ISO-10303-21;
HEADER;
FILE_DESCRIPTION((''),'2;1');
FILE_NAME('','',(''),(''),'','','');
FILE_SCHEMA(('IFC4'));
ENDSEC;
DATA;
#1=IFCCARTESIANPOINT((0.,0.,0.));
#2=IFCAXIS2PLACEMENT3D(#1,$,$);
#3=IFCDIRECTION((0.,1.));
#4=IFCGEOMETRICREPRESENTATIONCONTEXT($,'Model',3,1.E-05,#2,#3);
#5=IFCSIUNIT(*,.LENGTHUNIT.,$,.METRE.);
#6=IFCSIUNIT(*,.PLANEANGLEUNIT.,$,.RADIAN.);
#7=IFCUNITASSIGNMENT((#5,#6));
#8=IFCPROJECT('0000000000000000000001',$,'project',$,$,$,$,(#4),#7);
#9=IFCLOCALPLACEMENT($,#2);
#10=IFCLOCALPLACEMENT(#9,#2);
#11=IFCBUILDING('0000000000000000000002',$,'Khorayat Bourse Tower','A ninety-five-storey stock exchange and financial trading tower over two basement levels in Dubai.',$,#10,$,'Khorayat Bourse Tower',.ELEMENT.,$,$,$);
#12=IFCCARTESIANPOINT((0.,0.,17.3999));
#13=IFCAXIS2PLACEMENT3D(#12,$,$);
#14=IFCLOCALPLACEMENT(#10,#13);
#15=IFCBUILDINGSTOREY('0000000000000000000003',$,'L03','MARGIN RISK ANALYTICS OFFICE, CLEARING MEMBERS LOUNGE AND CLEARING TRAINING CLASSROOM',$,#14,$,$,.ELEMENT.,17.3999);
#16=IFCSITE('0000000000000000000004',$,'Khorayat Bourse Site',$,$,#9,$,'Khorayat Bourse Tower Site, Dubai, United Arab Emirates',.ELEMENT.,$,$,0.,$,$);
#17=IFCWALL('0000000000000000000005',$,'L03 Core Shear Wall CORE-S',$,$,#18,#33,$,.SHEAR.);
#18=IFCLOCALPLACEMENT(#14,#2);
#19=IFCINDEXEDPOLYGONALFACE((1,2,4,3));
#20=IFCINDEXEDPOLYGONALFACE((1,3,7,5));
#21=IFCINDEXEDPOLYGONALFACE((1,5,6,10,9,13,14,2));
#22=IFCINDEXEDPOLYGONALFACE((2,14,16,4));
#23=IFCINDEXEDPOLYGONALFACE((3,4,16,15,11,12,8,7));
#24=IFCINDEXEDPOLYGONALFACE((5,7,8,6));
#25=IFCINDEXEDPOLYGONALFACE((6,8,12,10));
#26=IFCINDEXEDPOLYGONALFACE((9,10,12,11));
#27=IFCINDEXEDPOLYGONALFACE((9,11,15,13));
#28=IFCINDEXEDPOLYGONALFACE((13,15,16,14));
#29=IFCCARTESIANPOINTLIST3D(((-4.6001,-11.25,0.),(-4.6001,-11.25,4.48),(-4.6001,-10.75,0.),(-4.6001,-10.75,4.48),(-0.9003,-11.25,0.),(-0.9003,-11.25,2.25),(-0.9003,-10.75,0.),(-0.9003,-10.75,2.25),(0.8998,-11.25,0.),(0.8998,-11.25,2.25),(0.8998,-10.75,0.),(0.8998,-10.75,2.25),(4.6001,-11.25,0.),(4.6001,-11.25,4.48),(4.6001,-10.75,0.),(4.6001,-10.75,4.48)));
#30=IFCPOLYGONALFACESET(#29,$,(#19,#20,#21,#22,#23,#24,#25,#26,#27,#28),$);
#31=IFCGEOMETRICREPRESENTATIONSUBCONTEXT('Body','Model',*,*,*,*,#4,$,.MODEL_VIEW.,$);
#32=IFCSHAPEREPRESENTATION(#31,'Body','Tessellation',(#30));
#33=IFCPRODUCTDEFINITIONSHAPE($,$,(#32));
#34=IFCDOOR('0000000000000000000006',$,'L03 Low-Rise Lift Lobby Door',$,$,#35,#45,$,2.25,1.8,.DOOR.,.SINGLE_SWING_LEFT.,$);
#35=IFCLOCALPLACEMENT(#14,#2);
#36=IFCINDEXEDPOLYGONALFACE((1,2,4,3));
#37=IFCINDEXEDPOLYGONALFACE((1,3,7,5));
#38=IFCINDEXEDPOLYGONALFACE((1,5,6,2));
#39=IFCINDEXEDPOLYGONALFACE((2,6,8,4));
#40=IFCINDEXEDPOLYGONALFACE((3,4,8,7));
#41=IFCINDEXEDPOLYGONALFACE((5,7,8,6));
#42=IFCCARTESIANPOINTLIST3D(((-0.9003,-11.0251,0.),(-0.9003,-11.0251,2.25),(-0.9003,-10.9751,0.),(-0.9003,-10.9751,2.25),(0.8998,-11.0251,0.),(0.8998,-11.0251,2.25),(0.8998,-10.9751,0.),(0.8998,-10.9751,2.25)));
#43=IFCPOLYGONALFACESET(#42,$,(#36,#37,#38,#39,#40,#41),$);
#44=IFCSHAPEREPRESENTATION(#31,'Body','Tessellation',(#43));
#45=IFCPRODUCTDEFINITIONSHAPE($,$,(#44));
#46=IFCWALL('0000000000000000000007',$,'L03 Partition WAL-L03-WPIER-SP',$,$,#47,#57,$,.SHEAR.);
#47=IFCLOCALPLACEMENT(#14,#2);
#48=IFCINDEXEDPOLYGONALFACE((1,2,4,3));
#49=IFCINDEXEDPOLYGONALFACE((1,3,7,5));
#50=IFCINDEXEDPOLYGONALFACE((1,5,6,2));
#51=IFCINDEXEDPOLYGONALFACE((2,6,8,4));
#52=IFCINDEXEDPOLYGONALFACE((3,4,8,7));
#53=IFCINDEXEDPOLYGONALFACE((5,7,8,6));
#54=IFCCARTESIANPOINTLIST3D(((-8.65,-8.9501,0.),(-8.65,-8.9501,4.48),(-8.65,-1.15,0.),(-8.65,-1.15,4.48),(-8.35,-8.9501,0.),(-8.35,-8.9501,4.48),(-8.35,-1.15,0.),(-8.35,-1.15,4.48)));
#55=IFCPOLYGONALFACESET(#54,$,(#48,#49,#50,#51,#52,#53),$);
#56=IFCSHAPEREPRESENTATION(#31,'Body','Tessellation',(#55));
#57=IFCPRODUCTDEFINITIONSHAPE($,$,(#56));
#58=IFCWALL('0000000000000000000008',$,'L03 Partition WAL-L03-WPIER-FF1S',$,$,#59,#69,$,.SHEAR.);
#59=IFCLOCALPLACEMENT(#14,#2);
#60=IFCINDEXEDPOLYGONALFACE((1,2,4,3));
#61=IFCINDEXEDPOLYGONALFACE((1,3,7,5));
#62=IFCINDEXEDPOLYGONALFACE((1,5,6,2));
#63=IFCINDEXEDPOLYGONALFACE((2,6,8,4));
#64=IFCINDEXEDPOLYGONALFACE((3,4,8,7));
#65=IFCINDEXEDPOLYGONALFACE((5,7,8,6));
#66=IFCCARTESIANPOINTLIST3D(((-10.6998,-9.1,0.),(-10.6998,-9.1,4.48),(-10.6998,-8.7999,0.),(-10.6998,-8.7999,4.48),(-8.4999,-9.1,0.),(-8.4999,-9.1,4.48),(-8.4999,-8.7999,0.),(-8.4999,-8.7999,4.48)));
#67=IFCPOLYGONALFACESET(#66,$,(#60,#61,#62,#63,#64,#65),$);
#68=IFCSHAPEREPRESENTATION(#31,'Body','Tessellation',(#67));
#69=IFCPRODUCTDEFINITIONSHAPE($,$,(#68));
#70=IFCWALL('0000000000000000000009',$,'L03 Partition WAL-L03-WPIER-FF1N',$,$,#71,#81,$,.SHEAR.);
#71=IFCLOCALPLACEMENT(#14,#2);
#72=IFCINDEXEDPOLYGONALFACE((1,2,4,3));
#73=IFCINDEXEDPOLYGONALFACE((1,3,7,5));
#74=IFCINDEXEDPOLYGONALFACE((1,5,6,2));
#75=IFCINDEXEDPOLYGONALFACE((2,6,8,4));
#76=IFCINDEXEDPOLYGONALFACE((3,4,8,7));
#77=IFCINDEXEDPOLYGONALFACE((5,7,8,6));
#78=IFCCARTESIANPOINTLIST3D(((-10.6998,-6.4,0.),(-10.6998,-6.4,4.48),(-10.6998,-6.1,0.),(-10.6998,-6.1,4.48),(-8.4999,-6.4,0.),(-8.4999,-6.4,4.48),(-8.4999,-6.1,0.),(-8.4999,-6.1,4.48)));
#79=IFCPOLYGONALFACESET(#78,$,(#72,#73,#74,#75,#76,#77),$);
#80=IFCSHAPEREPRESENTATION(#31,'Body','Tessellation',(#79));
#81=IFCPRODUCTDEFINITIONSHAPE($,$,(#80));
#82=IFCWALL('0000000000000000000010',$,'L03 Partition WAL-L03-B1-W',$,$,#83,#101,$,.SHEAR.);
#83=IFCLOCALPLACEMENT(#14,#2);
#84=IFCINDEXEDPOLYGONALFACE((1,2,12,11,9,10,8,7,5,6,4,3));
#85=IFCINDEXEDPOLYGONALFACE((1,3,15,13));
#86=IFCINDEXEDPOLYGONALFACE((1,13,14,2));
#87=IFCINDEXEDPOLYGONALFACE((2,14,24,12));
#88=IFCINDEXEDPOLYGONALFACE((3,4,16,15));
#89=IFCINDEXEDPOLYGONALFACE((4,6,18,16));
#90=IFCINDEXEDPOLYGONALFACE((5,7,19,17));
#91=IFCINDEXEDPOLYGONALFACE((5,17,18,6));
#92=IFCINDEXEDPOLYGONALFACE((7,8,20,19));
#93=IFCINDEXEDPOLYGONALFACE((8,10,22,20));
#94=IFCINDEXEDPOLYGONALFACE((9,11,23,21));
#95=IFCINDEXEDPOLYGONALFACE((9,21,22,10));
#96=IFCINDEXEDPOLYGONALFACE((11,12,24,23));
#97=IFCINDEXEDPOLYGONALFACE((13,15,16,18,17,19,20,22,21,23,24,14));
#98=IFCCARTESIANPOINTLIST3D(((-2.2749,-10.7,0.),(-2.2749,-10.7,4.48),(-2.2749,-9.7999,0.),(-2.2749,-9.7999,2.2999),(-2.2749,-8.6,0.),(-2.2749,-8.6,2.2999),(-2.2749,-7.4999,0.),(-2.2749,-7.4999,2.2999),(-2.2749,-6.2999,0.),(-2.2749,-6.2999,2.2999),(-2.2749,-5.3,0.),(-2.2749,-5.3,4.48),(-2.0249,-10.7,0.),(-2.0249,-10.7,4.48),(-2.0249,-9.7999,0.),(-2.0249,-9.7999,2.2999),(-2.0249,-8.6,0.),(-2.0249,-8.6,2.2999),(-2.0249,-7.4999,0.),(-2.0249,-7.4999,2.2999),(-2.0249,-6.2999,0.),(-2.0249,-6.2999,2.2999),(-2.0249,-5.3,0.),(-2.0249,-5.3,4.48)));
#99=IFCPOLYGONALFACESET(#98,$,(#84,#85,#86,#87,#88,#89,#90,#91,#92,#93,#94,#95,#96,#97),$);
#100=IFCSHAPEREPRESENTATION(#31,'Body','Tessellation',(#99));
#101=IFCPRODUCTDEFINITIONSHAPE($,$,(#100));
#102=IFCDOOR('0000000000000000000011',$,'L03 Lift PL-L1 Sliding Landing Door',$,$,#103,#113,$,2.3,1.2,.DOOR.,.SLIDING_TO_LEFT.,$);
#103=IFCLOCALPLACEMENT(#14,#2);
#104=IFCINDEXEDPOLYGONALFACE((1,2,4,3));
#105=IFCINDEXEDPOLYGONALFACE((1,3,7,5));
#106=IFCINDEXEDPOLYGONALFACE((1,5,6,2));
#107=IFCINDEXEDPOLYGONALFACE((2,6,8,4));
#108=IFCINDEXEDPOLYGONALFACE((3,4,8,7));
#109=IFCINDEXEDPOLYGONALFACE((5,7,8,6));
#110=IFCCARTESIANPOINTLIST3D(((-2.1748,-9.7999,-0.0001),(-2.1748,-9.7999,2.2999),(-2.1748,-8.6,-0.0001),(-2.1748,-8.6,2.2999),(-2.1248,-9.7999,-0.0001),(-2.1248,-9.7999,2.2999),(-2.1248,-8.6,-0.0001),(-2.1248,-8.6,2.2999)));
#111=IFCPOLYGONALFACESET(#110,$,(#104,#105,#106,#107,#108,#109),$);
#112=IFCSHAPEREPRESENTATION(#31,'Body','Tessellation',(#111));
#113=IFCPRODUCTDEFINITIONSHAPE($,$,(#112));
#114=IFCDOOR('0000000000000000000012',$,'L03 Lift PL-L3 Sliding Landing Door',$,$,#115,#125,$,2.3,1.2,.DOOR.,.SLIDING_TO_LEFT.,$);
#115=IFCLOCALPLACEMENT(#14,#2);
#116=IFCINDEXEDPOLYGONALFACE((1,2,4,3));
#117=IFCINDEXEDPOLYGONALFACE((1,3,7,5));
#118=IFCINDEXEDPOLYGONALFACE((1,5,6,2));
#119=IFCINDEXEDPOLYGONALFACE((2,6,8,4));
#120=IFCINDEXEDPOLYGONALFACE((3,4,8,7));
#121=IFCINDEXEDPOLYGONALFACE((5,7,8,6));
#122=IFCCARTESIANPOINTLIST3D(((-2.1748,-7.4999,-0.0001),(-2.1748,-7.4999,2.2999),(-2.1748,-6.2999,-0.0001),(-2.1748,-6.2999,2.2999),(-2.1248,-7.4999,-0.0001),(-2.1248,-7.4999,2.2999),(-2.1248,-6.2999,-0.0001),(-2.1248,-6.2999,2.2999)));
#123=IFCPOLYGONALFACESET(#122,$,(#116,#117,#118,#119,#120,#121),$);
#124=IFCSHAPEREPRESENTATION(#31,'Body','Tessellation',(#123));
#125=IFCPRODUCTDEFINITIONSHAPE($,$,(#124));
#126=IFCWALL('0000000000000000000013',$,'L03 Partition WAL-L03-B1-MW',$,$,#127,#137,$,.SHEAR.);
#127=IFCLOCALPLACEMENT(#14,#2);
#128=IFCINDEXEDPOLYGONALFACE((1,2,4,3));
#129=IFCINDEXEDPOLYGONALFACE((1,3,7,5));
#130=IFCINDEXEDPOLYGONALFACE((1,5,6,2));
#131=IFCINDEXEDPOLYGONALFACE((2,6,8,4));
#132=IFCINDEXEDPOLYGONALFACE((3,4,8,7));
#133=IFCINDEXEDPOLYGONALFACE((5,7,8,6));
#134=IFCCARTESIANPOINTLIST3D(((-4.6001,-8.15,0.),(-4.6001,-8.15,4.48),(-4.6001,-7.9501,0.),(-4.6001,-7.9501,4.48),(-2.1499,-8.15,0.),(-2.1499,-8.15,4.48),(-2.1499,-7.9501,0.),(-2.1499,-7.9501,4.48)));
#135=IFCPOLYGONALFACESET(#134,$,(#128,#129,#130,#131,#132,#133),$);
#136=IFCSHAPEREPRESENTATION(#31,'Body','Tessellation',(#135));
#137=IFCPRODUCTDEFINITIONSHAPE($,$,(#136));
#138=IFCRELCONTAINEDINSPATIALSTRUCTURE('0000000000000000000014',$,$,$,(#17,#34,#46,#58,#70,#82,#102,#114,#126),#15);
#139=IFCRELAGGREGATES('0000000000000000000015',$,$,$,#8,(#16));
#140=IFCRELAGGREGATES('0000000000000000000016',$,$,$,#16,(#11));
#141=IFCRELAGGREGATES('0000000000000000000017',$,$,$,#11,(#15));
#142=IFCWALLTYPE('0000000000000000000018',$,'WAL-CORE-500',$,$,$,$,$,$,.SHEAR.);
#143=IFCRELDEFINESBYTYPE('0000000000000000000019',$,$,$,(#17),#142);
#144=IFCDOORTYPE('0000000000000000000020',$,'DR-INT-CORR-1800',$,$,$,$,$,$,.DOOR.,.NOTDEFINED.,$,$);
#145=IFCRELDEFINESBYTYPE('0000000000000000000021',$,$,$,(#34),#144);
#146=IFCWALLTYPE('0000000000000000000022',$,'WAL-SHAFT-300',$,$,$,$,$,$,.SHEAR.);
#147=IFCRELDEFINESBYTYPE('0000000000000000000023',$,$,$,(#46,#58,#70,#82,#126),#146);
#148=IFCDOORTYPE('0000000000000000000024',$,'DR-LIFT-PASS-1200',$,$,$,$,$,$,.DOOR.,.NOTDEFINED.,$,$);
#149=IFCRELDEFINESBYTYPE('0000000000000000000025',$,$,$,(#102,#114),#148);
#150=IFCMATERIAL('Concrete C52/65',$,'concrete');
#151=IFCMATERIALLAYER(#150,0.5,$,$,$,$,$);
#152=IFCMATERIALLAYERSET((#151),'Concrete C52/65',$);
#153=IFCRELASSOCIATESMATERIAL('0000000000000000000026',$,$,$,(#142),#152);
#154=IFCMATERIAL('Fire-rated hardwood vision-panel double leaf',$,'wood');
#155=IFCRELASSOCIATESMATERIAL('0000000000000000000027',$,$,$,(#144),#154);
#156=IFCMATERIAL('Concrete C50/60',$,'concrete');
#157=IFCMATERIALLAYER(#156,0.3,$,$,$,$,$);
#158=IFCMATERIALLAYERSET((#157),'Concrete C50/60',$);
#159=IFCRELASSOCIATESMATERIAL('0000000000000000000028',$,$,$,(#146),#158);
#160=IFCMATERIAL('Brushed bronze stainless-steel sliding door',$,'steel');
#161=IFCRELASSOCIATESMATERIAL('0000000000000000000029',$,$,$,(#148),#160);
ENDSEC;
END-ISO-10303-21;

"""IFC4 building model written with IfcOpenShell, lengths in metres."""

from ifc_helpers import new_model, si_unit, direction, frame, frame_2d, origin, place, context, subcontext, project, spatial, rectangle, extrude, source, transform, mapped, material, layer, layer_set, type_object, element, fill, save


model = new_model("IFC4")

# Units and contexts
model_context = context("Model", 3, precision=1e-05, world=origin(), true_north=direction((0.0, 1.0)))
body_context = subcontext(model_context, "Body", "Model", "MODEL_VIEW")
ifc_project = project(units=[si_unit("LENGTHUNIT", "METRE"), si_unit("PLANEANGLEUNIT", "RADIAN")], contexts=[model_context])

# Site, building, storey
site_placement = place(None, origin())
site = spatial("IfcSite", under=ifc_project, at=site_placement, Name="Khorayat Bourse Site", LongName="Khorayat Bourse Tower Site, Dubai, United Arab Emirates", CompositionType="ELEMENT", RefElevation=0.0)
building_placement = place(site_placement, origin())
building = spatial("IfcBuilding", under=site, at=building_placement, Name="Khorayat Bourse Tower", Description="A ninety-five-storey stock exchange and financial trading tower over two basement levels in Dubai.", LongName="Khorayat Bourse Tower", CompositionType="ELEMENT")
storey_placement = place(building_placement, frame((0.0, 0.0, 17.3999)))
storey = spatial("IfcBuildingStorey", under=building, at=storey_placement, Name="L03", Description="MARGIN RISK ANALYTICS OFFICE, CLEARING MEMBERS LOUNGE AND CLEARING TRAINING CLASSROOM", CompositionType="ELEMENT", Elevation=17.3999)

# Shared definitions
ifc_material_1 = material(Name="Concrete C52/65", Category="concrete")
ifc_layer_1 = layer(ifc_material_1, 0.5)
ifc_layer_set_1 = layer_set([ifc_layer_1], Name="Concrete C52/65")
wall_type_1 = type_object("IfcWallType", Name="WAL-CORE-500", PredefinedType="SHEAR", material=ifc_layer_set_1)

# Wall, opening, door
shared_shape_1 = source(origin(), body_context, "Body", "SweptSolid", [
    extrude(rectangle(XDim=9.2002, YDim=0.5, at=frame_2d((4.6001, 0.0))), origin(), (0.0, 0.0, 1.0), 4.48),
])
wall_1_placement = place(storey_placement, frame((-4.6001, -11.0, 0.0), z_axis=(0.0, 0.0, 1.0), x_axis=(1.0, 0.0, 0.0)))
wall_1 = element("IfcWall", 1, at=wall_1_placement, inside=storey, type_object=wall_type_1, Name="L03 Core Shear Wall CORE-S", PredefinedType="SHEAR", context=body_context, shape_type="MappedRepresentation", body=[
    mapped(shared_shape_1, transform((0.0, 0.0, 0.0), scale=1.0)),
])
shared_shape_2 = source(origin(), body_context, "Body", "SweptSolid", [
    extrude(rectangle(XDim=1.8, YDim=2.25, at=frame_2d((0.8999, 1.125))), frame((0.0, 0.26, 0.0), z_axis=(0.0, -1.0, 0.0), x_axis=(1.0, 0.0, 0.0)), (0.0, 0.0, 1.0), 0.52),
])
opening_1_placement = place(wall_1_placement, frame((3.7, 0.0, 0.0)))
opening_1 = element("IfcOpeningElement", 2, at=opening_1_placement, cuts=wall_1, PredefinedType="OPENING", context=body_context, shape_type="MappedRepresentation", body=[
    mapped(shared_shape_2, transform((0.0, 0.0, 0.0), scale=1.0)),
])
ifc_material_2 = material(Name="Fire-rated hardwood vision-panel double leaf", Category="wood")
door_type_1 = type_object("IfcDoorType", Name="DR-INT-CORR-1800", OperationType="NOTDEFINED", PredefinedType="DOOR", material=ifc_material_2)
shared_shape_3 = source(origin(), body_context, "Body", "SweptSolid", [
    extrude(rectangle(XDim=1.8, YDim=2.25, at=frame_2d((0.8999, 1.125))), frame((0.0, 0.0249, 0.0), z_axis=(0.0, -1.0, 0.0), x_axis=(1.0, 0.0, 0.0)), (0.0, 0.0, 1.0), 0.05),
])
door_1_placement = place(opening_1_placement, origin())
door_1 = element("IfcDoor", 3, at=door_1_placement, inside=storey, type_object=door_type_1, Name="L03 Low-Rise Lift Lobby Door", OperationType="SINGLE_SWING_LEFT", OverallHeight=2.25, OverallWidth=1.8, PredefinedType="DOOR", context=body_context, shape_type="MappedRepresentation", body=[
    mapped(shared_shape_3, transform((0.0, 0.0, 0.0), scale=1.0)),
])
fill(opening_1, door_1)

# Walls
ifc_material_3 = material(Name="Concrete C50/60", Category="concrete")
ifc_layer_2 = layer(ifc_material_3, 0.3)
ifc_layer_set_2 = layer_set([ifc_layer_2], Name="Concrete C50/60")
wall_type_2 = type_object("IfcWallType", Name="WAL-SHAFT-300", PredefinedType="SHEAR", material=ifc_layer_set_2)
shared_shape_4 = source(origin(), body_context, "Body", "SweptSolid", [
    extrude(rectangle(XDim=7.8, YDim=0.3, at=frame_2d((3.8999, 0.0))), origin(), (0.0, 0.0, 1.0), 4.48),
])
wall_2_placement = place(storey_placement, frame((-8.5, -8.95, 0.0), z_axis=(0.0, 0.0, 1.0), x_axis=(0.0, 1.0, 0.0)))
element("IfcWall", 4, at=wall_2_placement, inside=storey, type_object=wall_type_2, Name="L03 Partition WAL-L03-WPIER-SP", PredefinedType="SHEAR", context=body_context, shape_type="MappedRepresentation", body=[
    mapped(shared_shape_4, transform((0.0, 0.0, 0.0), scale=1.0)),
])
shared_shape_5 = source(origin(), body_context, "Body", "SweptSolid", [
    extrude(rectangle(XDim=2.2, YDim=0.3, at=frame_2d((1.1001, 0.0))), origin(), (0.0, 0.0, 1.0), 4.48),
])
for number, where, z_axis, x_axis, name in (
    (5, (-10.7, -8.95, 0.0), (0.0, 0.0, 1.0), (1.0, 0.0, 0.0), "L03 Partition WAL-L03-WPIER-FF1S"),
    (6, (-10.7, -6.25, 0.0), (0.0, 0.0, 1.0), (1.0, 0.0, 0.0), "L03 Partition WAL-L03-WPIER-FF1N"),
):
    element("IfcWall", number, at=place(storey_placement, frame(where, z_axis=z_axis, x_axis=x_axis)), inside=storey, type_object=wall_type_2, Name=name, PredefinedType="SHEAR", context=body_context, shape_type="MappedRepresentation", body=[
        mapped(shared_shape_5, transform((0.0, 0.0, 0.0), scale=1.0)),
    ])

# Wall, openings, doors
shared_shape_6 = source(origin(), body_context, "Body", "SweptSolid", [
    extrude(rectangle(XDim=5.3999, YDim=0.25, at=frame_2d((2.7, 0.0))), origin(), (0.0, 0.0, 1.0), 4.48),
])
wall_3_placement = place(storey_placement, frame((-2.1499, -10.7, 0.0), z_axis=(0.0, 0.0, 1.0), x_axis=(0.0, 1.0, 0.0)))
wall_3 = element("IfcWall", 7, at=wall_3_placement, inside=storey, type_object=wall_type_2, Name="L03 Partition WAL-L03-B1-W", PredefinedType="SHEAR", context=body_context, shape_type="MappedRepresentation", body=[
    mapped(shared_shape_6, transform((0.0, 0.0, 0.0), scale=1.0)),
])
shared_shape_7 = source(origin(), body_context, "Body", "SweptSolid", [
    extrude(rectangle(XDim=1.2, YDim=2.3, at=frame_2d((0.6001, 1.1499))), frame((0.0, 0.135, 0.0), z_axis=(0.0, -1.0, 0.0), x_axis=(1.0, 0.0, 0.0)), (0.0, 0.0, 1.0), 0.27),
])
opening_2_placement = place(wall_3_placement, frame((0.8999, 0.0, 0.0)))
opening_2 = element("IfcOpeningElement", 8, at=opening_2_placement, cuts=wall_3, PredefinedType="OPENING", context=body_context, shape_type="MappedRepresentation", body=[
    mapped(shared_shape_7, transform((0.0, 0.0, 0.0), scale=1.0)),
])
opening_3_placement = place(wall_3_placement, frame((3.2, 0.0, 0.0)))
opening_3 = element("IfcOpeningElement", 9, at=opening_3_placement, cuts=wall_3, PredefinedType="OPENING", context=body_context, shape_type="MappedRepresentation", body=[
    mapped(shared_shape_7, transform((0.0, 0.0, 0.0), scale=1.0)),
])
ifc_material_4 = material(Name="Brushed bronze stainless-steel sliding door", Category="steel")
door_type_2 = type_object("IfcDoorType", Name="DR-LIFT-PASS-1200", OperationType="NOTDEFINED", PredefinedType="DOOR", material=ifc_material_4)
shared_shape_8 = source(origin(), body_context, "Body", "SweptSolid", [
    extrude(rectangle(XDim=1.2, YDim=2.3, at=frame_2d((0.6001, 1.1499))), frame((0.0, 0.0249, 0.0), z_axis=(0.0, -1.0, 0.0), x_axis=(1.0, 0.0, 0.0)), (0.0, 0.0, 1.0), 0.05),
])
door_2_placement = place(opening_2_placement, origin())
door_2 = element("IfcDoor", 10, at=door_2_placement, inside=storey, type_object=door_type_2, Name="L03 Lift PL-L1 Sliding Landing Door", OperationType="SLIDING_TO_LEFT", OverallHeight=2.3, OverallWidth=1.2, PredefinedType="DOOR", context=body_context, shape_type="MappedRepresentation", body=[
    mapped(shared_shape_8, transform((0.0, 0.0, 0.0), scale=1.0)),
])
fill(opening_2, door_2)
door_3_placement = place(opening_3_placement, origin())
door_3 = element("IfcDoor", 11, at=door_3_placement, inside=storey, type_object=door_type_2, Name="L03 Lift PL-L3 Sliding Landing Door", OperationType="SLIDING_TO_LEFT", OverallHeight=2.3, OverallWidth=1.2, PredefinedType="DOOR", context=body_context, shape_type="MappedRepresentation", body=[
    mapped(shared_shape_8, transform((0.0, 0.0, 0.0), scale=1.0)),
])
fill(opening_3, door_3)

# Wall
shared_shape_9 = source(origin(), body_context, "Body", "SweptSolid", [
    extrude(rectangle(XDim=2.4502, YDim=0.2, at=frame_2d((1.2251, 0.0))), origin(), (0.0, 0.0, 1.0), 4.48),
])
wall_4_placement = place(storey_placement, frame((-4.6001, -8.05, 0.0), z_axis=(0.0, 0.0, 1.0), x_axis=(1.0, 0.0, 0.0)))
element("IfcWall", 12, at=wall_4_placement, inside=storey, type_object=wall_type_2, Name="L03 Partition WAL-L03-B1-MW", PredefinedType="SHEAR", context=body_context, shape_type="MappedRepresentation", body=[
    mapped(shared_shape_9, transform((0.0, 0.0, 0.0), scale=1.0)),
])

save(model, "model.ifc")
